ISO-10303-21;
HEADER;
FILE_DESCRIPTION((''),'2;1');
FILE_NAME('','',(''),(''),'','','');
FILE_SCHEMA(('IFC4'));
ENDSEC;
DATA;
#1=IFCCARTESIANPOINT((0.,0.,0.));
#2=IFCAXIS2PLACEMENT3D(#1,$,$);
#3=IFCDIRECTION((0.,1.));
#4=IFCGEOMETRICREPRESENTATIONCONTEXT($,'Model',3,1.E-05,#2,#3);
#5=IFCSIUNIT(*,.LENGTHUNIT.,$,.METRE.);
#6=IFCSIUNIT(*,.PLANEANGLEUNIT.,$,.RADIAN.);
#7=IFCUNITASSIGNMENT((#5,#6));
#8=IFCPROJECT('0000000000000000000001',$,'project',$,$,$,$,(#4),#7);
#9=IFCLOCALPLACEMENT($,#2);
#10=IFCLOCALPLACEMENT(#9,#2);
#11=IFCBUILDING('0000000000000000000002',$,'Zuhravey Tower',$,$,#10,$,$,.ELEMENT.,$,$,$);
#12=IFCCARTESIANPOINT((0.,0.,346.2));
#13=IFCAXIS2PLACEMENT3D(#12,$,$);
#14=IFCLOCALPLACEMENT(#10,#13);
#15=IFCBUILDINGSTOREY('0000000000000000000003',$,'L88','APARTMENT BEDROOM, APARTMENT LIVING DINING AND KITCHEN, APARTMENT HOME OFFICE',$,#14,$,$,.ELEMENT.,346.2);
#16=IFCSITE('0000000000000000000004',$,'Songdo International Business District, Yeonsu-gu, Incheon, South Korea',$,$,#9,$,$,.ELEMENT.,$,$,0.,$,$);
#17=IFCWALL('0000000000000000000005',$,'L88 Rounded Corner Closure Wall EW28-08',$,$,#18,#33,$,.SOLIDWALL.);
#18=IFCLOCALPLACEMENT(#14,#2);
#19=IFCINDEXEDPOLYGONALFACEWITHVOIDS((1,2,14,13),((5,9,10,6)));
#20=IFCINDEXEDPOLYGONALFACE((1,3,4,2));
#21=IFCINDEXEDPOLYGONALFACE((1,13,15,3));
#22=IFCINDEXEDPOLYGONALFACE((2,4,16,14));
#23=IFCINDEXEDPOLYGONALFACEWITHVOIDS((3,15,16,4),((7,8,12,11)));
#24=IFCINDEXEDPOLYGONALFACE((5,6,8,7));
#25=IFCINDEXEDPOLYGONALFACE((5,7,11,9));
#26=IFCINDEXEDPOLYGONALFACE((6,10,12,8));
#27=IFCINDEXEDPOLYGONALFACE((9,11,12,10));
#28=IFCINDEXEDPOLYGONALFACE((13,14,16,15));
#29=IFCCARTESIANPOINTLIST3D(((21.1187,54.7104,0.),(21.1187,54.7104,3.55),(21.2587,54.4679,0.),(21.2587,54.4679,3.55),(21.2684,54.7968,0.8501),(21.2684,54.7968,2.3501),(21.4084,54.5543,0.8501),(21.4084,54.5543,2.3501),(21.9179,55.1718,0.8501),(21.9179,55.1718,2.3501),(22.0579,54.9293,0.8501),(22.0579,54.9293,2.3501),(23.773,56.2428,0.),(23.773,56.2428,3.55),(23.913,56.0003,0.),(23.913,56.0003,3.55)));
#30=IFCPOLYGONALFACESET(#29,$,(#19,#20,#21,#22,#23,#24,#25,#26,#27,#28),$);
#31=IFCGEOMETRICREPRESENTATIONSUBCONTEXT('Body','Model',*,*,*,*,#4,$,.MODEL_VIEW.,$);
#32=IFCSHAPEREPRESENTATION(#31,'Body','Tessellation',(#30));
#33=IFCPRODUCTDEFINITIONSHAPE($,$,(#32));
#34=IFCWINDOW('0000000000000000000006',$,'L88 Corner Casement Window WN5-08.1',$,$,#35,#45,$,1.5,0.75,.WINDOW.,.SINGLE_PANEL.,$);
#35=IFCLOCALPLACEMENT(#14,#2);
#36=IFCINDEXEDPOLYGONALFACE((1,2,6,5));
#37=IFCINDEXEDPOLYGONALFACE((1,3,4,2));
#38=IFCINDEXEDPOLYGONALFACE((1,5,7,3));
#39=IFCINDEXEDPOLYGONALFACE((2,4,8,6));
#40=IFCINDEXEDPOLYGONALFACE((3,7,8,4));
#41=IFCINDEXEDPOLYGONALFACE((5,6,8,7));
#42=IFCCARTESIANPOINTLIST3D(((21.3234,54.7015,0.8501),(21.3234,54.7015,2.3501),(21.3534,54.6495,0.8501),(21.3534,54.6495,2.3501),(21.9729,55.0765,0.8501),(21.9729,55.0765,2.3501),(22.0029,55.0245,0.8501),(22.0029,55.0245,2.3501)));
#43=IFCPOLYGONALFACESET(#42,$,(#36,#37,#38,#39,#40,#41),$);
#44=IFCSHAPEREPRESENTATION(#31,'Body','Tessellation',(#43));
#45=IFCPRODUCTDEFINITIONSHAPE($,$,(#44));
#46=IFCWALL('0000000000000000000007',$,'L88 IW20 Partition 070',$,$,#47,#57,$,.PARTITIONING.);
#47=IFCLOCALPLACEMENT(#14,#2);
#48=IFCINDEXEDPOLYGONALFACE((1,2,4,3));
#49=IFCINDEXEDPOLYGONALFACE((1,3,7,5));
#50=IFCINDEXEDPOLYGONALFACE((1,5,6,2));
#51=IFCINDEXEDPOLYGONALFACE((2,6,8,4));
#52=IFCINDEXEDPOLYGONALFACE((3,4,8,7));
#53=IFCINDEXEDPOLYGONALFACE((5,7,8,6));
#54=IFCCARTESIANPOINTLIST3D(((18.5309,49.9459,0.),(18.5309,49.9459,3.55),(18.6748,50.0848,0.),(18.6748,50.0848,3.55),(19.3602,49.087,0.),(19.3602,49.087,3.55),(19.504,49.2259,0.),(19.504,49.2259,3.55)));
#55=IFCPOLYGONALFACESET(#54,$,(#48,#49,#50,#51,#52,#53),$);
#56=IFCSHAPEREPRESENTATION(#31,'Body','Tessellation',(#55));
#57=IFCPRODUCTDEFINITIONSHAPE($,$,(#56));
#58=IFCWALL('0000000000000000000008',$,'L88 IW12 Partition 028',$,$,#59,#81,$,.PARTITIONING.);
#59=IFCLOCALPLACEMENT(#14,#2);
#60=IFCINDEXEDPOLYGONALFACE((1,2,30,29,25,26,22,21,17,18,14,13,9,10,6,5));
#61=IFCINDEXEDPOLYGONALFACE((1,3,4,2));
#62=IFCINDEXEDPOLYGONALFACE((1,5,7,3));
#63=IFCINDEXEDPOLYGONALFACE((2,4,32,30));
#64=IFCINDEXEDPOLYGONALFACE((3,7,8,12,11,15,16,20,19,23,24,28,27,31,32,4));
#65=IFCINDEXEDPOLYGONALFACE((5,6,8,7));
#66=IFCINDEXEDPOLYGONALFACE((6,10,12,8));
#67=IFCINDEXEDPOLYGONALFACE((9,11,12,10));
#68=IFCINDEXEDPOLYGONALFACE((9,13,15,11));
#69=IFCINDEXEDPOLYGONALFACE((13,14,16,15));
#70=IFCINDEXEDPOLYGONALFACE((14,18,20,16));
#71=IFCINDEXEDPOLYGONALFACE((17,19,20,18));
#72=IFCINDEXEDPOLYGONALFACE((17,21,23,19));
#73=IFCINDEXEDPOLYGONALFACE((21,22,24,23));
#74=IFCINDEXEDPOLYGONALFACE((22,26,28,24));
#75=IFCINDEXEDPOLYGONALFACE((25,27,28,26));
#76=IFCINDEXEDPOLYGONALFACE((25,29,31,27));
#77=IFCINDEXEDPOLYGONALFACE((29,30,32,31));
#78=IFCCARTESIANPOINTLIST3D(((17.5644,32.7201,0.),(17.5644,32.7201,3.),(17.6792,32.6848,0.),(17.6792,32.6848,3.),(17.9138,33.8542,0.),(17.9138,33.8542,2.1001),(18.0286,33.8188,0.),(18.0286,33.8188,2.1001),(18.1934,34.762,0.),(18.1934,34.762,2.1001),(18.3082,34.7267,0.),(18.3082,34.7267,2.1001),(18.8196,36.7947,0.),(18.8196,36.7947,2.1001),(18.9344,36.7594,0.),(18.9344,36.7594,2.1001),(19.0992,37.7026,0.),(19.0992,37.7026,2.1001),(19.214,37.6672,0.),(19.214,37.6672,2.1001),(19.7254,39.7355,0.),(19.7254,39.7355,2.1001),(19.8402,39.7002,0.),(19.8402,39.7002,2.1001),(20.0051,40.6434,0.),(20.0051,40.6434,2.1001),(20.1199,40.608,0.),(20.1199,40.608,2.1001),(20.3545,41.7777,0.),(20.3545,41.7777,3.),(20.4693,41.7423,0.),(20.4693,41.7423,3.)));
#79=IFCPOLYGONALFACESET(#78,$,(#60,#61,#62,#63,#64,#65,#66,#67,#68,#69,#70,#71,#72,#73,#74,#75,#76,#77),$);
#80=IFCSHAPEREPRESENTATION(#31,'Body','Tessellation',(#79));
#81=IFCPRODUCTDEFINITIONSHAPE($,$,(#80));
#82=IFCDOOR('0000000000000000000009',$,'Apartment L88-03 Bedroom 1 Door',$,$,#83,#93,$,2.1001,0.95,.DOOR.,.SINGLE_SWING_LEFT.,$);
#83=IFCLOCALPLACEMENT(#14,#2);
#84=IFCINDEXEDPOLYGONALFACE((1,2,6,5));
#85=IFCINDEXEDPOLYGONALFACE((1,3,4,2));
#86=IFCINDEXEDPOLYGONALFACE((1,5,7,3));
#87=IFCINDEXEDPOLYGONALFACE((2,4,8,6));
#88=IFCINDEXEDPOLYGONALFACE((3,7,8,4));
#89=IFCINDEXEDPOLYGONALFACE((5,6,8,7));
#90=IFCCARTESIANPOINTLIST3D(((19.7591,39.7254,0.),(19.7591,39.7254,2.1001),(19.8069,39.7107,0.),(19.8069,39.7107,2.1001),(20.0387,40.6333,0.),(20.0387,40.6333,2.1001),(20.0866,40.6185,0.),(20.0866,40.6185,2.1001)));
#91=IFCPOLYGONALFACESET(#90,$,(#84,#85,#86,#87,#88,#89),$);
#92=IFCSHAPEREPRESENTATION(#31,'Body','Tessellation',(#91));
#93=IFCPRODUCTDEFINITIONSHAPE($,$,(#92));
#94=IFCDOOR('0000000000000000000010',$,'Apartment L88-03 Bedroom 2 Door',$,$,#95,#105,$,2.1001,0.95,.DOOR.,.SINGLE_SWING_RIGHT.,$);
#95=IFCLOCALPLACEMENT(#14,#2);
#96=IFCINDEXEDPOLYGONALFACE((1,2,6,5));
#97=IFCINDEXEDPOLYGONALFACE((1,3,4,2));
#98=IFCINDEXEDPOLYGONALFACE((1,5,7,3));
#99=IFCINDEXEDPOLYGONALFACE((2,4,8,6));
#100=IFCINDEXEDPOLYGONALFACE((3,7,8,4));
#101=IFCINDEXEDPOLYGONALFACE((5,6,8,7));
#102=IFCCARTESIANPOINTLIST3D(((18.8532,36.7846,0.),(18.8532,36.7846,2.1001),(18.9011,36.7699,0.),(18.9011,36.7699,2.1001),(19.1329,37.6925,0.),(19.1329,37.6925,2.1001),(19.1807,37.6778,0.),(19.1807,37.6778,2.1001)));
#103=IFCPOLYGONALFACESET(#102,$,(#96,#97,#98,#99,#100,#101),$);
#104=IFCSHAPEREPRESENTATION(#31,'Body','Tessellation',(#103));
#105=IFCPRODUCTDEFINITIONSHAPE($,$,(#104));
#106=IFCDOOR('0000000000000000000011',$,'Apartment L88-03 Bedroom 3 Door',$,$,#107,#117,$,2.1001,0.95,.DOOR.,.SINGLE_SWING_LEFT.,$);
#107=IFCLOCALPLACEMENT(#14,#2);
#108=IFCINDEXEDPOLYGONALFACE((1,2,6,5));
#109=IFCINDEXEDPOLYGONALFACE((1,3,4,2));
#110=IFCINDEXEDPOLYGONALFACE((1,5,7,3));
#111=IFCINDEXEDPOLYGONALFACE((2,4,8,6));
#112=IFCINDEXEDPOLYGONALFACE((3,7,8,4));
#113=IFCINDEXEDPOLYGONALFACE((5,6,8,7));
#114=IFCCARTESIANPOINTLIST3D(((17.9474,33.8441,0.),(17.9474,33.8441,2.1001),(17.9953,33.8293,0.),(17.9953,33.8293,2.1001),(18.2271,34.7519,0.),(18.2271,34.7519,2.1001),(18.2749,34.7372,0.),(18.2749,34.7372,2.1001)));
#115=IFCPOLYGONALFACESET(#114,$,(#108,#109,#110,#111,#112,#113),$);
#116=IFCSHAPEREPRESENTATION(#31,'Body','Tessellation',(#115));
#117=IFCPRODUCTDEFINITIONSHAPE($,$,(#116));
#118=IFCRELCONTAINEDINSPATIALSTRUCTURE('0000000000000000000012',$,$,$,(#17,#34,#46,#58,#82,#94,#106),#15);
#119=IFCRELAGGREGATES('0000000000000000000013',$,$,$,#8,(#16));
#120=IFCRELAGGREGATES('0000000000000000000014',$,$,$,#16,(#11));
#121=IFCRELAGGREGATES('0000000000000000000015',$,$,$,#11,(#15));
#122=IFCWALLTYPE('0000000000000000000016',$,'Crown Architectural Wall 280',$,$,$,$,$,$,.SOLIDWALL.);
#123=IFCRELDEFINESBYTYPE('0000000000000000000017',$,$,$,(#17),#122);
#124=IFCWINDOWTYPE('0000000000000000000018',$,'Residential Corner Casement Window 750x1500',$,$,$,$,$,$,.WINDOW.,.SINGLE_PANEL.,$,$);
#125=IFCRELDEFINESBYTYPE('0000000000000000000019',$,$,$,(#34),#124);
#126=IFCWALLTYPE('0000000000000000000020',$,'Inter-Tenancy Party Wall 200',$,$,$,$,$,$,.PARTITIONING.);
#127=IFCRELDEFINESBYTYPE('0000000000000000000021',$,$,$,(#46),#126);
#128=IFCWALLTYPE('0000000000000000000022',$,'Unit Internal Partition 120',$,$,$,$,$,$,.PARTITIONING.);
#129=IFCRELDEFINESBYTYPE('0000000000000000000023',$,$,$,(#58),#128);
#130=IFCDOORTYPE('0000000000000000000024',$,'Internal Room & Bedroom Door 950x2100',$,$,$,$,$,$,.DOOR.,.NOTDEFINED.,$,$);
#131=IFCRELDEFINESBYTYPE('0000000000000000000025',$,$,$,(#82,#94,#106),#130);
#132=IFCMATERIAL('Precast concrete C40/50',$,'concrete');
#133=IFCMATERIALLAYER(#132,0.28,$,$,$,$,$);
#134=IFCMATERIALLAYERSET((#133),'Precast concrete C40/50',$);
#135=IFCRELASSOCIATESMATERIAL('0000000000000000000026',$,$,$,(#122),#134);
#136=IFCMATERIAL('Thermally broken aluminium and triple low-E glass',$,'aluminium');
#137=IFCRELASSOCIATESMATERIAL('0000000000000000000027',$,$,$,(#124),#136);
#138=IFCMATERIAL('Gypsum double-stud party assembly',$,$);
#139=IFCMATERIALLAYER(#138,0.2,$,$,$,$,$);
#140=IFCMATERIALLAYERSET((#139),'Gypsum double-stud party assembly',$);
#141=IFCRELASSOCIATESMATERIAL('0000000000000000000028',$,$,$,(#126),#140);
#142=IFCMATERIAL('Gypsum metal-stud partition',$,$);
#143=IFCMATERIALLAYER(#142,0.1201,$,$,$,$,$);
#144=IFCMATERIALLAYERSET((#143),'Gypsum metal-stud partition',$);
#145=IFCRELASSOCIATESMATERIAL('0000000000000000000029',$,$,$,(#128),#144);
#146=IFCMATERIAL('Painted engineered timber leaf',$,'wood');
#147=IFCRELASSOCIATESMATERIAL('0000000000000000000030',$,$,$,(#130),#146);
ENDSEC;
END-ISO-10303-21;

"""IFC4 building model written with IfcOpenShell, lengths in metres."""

from ifc_helpers import new_model, si_unit, direction, frame, frame_2d, origin, place, context, subcontext, project, spatial, rectangle, extrude, material, layer, layer_set, type_object, element, fill, save


model = new_model("IFC4")

# Units and contexts
model_context = context("Model", 3, precision=1e-05, world=origin(), true_north=direction((0.0, 1.0)))
body_context = subcontext(model_context, "Body", "Model", "MODEL_VIEW")
ifc_project = project(units=[si_unit("LENGTHUNIT", "METRE"), si_unit("PLANEANGLEUNIT", "RADIAN")], contexts=[model_context])

# Site, building, storey
site_placement = place(None, origin())
site = spatial("IfcSite", under=ifc_project, at=site_placement, Name="Songdo International Business District, Yeonsu-gu, Incheon, South Korea", CompositionType="ELEMENT", RefElevation=0.0)
building_placement = place(site_placement, origin())
building = spatial("IfcBuilding", under=site, at=building_placement, Name="Zuhravey Tower", CompositionType="ELEMENT")
storey_placement = place(building_placement, frame((0.0, 0.0, 346.2)))
storey = spatial("IfcBuildingStorey", under=building, at=storey_placement, Name="L88", Description="APARTMENT BEDROOM, APARTMENT LIVING DINING AND KITCHEN, APARTMENT HOME OFFICE", CompositionType="ELEMENT", Elevation=346.2)

# Wall, opening, window
ifc_material_1 = material(Name="Precast concrete C40/50", Category="concrete")
ifc_layer_1 = layer(ifc_material_1, 0.28)
ifc_layer_set_1 = layer_set([ifc_layer_1], Name="Precast concrete C40/50")
wall_type_1 = type_object("IfcWallType", Name="Crown Architectural Wall 280", PredefinedType="SOLIDWALL", material=ifc_layer_set_1)
wall_1_placement = place(storey_placement, frame((21.1887, 54.5891, 0.0), z_axis=(0.0, 0.0, 1.0), x_axis=(0.866024, 0.500003, 0.0)))
wall_1 = element("IfcWall", 1, at=wall_1_placement, inside=storey, type_object=wall_type_1, Name="L88 Rounded Corner Closure Wall EW28-08", PredefinedType="SOLIDWALL", context=body_context, shape_type="SweptSolid", body=[
    extrude(rectangle(XDim=3.0649, YDim=0.28, at=frame_2d((1.5325, 0.0))), origin(), (0.0, 0.0, 1.0), 3.55),
])
opening_1_placement = place(wall_1_placement, frame((0.1729, 0.0, 0.8501)))
opening_1 = element("IfcOpeningElement", 2, at=opening_1_placement, cuts=wall_1, PredefinedType="OPENING", context=body_context, shape_type="SweptSolid", body=[
    extrude(rectangle(XDim=0.75, YDim=1.5, at=frame_2d((0.375, 0.75))), frame((0.0, 0.1521, 0.0), z_axis=(0.0, -1.0, 0.0), x_axis=(1.0, 0.0, 0.0)), (0.0, 0.0, 1.0), 0.304),
])
ifc_material_2 = material(Name="Thermally broken aluminium and triple low-E glass", Category="aluminium")
window_type = type_object("IfcWindowType", Name="Residential Corner Casement Window 750x1500", PartitioningType="SINGLE_PANEL", PredefinedType="WINDOW", material=ifc_material_2)
window_placement = place(opening_1_placement, origin())
window = element("IfcWindow", 3, at=window_placement, inside=storey, type_object=window_type, Name="L88 Corner Casement Window WN5-08.1", OverallHeight=1.5, OverallWidth=0.75, PartitioningType="SINGLE_PANEL", PredefinedType="WINDOW", context=body_context, shape_type="SweptSolid", body=[
    extrude(rectangle(XDim=0.75, YDim=1.5, at=frame_2d((0.375, 0.75))), frame((0.0, 0.03, 0.0), z_axis=(0.0, -1.0, 0.0), x_axis=(1.0, 0.0, 0.0)), (0.0, 0.0, 1.0), 0.0601),
])
fill(opening_1, window)

# Wall
ifc_material_3 = material(Name="Gypsum double-stud party assembly")
ifc_layer_2 = layer(ifc_material_3, 0.2)
ifc_layer_set_2 = layer_set([ifc_layer_2], Name="Gypsum double-stud party assembly")
wall_type_2 = type_object("IfcWallType", Name="Inter-Tenancy Party Wall 200", PredefinedType="PARTITIONING", material=ifc_layer_set_2)
wall_2_placement = place(storey_placement, frame((19.4321, 49.1565, 0.0), z_axis=(0.0, 0.0, 1.0), x_axis=(-0.694627, 0.71937, 0.0)))
element("IfcWall", 4, at=wall_2_placement, inside=storey, type_object=wall_type_2, Name="L88 IW20 Partition 070", PredefinedType="PARTITIONING", context=body_context, shape_type="SweptSolid", body=[
    extrude(rectangle(XDim=1.1938, YDim=0.2, at=frame_2d((0.5969, 0.0))), origin(), (0.0, 0.0, 1.0), 3.55),
])

# Wall, openings, doors
ifc_material_4 = material(Name="Gypsum metal-stud partition")
ifc_layer_3 = layer(ifc_material_4, 0.1201)
ifc_layer_set_3 = layer_set([ifc_layer_3], Name="Gypsum metal-stud partition")
wall_type_3 = type_object("IfcWallType", Name="Unit Internal Partition 120", PredefinedType="PARTITIONING", material=ifc_layer_set_3)
wall_3_placement = place(storey_placement, frame((20.4119, 41.76, 0.0), z_axis=(0.0, 0.0, 1.0), x_axis=(-0.294383, -0.955688, 0.0)))
wall_3 = element("IfcWall", 5, at=wall_3_placement, inside=storey, type_object=wall_type_3, Name="L88 IW12 Partition 028", PredefinedType="PARTITIONING", context=body_context, shape_type="SweptSolid", body=[
    extrude(rectangle(XDim=9.4775, YDim=0.1201, at=frame_2d((4.7388, 0.0))), origin(), (0.0, 0.0, 1.0), 3.0),
])
opening_2_placement = place(wall_3_placement, frame((1.1868, 0.0, 0.0)))
opening_2 = element("IfcOpeningElement", 6, at=opening_2_placement, cuts=wall_3, PredefinedType="OPENING", context=body_context, shape_type="SweptSolid", body=[
    extrude(rectangle(XDim=0.95, YDim=2.1001, at=frame_2d((0.4751, 1.05))), frame((0.0, 0.072, 0.0), z_axis=(0.0, -1.0, 0.0), x_axis=(1.0, 0.0, 0.0)), (0.0, 0.0, 1.0), 0.144),
])
opening_3_placement = place(wall_3_placement, frame((4.2639, 0.0, 0.0)))
opening_3 = element("IfcOpeningElement", 7, at=opening_3_placement, cuts=wall_3, PredefinedType="OPENING", context=body_context, shape_type="SweptSolid", body=[
    extrude(rectangle(XDim=0.95, YDim=2.1001, at=frame_2d((0.4751, 1.05))), frame((0.0, 0.072, 0.0), z_axis=(0.0, -1.0, 0.0), x_axis=(1.0, 0.0, 0.0)), (0.0, 0.0, 1.0), 0.144),
])
opening_4_placement = place(wall_3_placement, frame((7.3408, 0.0, 0.0)))
opening_4 = element("IfcOpeningElement", 8, at=opening_4_placement, cuts=wall_3, PredefinedType="OPENING", context=body_context, shape_type="SweptSolid", body=[
    extrude(rectangle(XDim=0.95, YDim=2.1001, at=frame_2d((0.4751, 1.05))), frame((0.0, 0.072, 0.0), z_axis=(0.0, -1.0, 0.0), x_axis=(1.0, 0.0, 0.0)), (0.0, 0.0, 1.0), 0.144),
])
ifc_material_5 = material(Name="Painted engineered timber leaf", Category="wood")
door_type_1 = type_object("IfcDoorType", Name="Internal Room & Bedroom Door 950x2100", OperationType="NOTDEFINED", PredefinedType="DOOR", material=ifc_material_5)
door_1_placement = place(opening_2_placement, frame((0.95, 0.0, 0.0), z_axis=(0.0, 0.0, 1.0), x_axis=(-1.0, 0.0, 0.0)))
door_1 = element("IfcDoor", 9, at=door_1_placement, inside=storey, type_object=door_type_1, Name="Apartment L88-03 Bedroom 1 Door", OperationType="SINGLE_SWING_LEFT", OverallHeight=2.1001, OverallWidth=0.95, PredefinedType="DOOR", context=body_context, shape_type="SweptSolid", body=[
    extrude(rectangle(XDim=0.95, YDim=2.1001, at=frame_2d((0.4751, 1.05))), frame((0.0, 0.0249, 0.0), z_axis=(0.0, -1.0, 0.0), x_axis=(1.0, 0.0, 0.0)), (0.0, 0.0, 1.0), 0.05),
])
fill(opening_2, door_1)
door_2_placement = place(opening_3_placement, frame((0.95, 0.0, 0.0), z_axis=(0.0, 0.0, 1.0), x_axis=(-1.0, 0.0, 0.0)))
door_2 = element("IfcDoor", 10, at=door_2_placement, inside=storey, type_object=door_type_1, Name="Apartment L88-03 Bedroom 2 Door", OperationType="SINGLE_SWING_RIGHT", OverallHeight=2.1001, OverallWidth=0.95, PredefinedType="DOOR", context=body_context, shape_type="SweptSolid", body=[
    extrude(rectangle(XDim=0.95, YDim=2.1001, at=frame_2d((0.4751, 1.05))), frame((0.0, 0.0249, 0.0), z_axis=(0.0, -1.0, 0.0), x_axis=(1.0, 0.0, 0.0)), (0.0, 0.0, 1.0), 0.05),
])
fill(opening_3, door_2)
door_3_placement = place(opening_4_placement, frame((0.95, 0.0, 0.0), z_axis=(0.0, 0.0, 1.0), x_axis=(-1.0, 0.0, 0.0)))
door_3 = element("IfcDoor", 11, at=door_3_placement, inside=storey, type_object=door_type_1, Name="Apartment L88-03 Bedroom 3 Door", OperationType="SINGLE_SWING_LEFT", OverallHeight=2.1001, OverallWidth=0.95, PredefinedType="DOOR", context=body_context, shape_type="SweptSolid", body=[
    extrude(rectangle(XDim=0.95, YDim=2.1001, at=frame_2d((0.4751, 1.05))), frame((0.0, 0.0249, 0.0), z_axis=(0.0, -1.0, 0.0), x_axis=(1.0, 0.0, 0.0)), (0.0, 0.0, 1.0), 0.05),
])
fill(opening_4, door_3)

save(model, "model.ifc")
